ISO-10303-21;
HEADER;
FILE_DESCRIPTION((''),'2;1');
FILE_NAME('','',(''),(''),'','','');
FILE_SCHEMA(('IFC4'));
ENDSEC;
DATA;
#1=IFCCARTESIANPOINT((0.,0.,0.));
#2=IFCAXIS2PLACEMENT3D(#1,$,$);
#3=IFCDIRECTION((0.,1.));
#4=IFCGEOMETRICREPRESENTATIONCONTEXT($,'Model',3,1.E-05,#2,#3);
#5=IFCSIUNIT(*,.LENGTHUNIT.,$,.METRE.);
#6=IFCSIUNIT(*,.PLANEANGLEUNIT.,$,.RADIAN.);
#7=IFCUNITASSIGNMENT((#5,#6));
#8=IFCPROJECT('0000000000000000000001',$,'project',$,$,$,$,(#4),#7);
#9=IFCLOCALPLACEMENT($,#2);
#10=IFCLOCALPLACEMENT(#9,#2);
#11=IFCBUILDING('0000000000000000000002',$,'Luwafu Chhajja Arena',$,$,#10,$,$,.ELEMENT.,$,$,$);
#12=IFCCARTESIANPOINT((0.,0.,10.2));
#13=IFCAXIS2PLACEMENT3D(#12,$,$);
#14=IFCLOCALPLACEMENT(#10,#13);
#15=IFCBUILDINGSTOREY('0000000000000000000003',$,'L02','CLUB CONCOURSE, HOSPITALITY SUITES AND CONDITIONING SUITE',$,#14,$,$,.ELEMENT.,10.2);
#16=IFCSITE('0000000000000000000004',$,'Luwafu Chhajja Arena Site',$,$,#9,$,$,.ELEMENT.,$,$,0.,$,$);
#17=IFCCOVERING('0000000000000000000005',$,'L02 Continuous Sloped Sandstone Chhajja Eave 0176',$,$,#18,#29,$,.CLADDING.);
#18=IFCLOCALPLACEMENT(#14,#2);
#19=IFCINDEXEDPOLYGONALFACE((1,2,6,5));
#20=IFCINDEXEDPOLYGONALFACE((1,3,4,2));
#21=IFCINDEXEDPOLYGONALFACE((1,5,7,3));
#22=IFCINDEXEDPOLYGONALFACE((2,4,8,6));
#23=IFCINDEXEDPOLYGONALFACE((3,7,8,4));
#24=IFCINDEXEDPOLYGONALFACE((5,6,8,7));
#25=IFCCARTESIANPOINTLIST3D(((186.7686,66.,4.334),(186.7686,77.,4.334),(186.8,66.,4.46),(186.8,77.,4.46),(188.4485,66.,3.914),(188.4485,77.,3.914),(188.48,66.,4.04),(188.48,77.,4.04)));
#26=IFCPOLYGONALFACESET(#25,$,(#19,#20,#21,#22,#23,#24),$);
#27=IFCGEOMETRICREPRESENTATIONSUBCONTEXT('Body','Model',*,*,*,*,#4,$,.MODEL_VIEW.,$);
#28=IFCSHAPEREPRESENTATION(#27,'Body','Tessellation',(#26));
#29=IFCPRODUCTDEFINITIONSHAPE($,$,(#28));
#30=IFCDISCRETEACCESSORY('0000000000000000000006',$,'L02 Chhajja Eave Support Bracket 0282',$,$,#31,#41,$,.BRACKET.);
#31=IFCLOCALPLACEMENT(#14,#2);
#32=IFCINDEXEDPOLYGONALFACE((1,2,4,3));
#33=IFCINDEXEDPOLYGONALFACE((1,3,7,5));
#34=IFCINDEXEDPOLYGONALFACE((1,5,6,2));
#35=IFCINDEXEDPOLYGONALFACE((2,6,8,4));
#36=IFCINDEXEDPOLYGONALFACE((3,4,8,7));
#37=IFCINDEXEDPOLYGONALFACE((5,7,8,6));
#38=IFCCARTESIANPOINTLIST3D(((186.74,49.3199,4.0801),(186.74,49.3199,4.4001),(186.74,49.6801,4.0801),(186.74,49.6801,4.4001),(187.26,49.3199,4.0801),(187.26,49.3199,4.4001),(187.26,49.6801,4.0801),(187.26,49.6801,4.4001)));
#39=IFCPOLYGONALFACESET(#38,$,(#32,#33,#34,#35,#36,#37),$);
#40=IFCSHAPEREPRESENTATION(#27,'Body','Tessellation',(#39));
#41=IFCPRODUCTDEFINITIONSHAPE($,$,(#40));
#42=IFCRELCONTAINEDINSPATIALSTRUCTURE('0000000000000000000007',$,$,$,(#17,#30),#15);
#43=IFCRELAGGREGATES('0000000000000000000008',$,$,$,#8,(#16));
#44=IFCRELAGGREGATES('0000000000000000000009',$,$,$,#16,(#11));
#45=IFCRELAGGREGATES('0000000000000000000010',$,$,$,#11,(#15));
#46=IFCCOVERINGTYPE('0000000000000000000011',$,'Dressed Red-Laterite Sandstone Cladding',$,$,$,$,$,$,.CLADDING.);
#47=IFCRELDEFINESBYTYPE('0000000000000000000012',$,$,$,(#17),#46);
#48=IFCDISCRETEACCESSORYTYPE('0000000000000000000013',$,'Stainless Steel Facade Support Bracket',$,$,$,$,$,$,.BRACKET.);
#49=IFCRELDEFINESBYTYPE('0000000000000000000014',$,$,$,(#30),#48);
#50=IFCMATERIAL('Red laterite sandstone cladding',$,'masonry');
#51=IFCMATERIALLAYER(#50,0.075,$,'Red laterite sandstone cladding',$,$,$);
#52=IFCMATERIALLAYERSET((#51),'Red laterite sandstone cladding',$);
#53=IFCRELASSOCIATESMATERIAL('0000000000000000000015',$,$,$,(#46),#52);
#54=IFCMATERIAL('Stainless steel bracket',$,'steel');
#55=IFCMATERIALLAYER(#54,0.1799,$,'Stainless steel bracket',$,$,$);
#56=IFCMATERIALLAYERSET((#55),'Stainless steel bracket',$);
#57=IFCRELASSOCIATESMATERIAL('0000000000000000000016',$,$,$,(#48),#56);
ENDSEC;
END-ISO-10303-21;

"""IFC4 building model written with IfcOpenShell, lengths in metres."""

from ifc_helpers import new_model, si_unit, direction, frame, origin, origin_2d, place, context, subcontext, project, spatial, polyline, rectangle, outline, extrude, material, layer, layer_set, type_object, element, save


model = new_model("IFC4")

# Units and contexts
model_context = context("Model", 3, precision=1e-05, world=origin(), true_north=direction((0.0, 1.0)))
body_context = subcontext(model_context, "Body", "Model", "MODEL_VIEW")
ifc_project = project(units=[si_unit("LENGTHUNIT", "METRE"), si_unit("PLANEANGLEUNIT", "RADIAN")], contexts=[model_context])

# Site, building, storey
site_placement = place(None, origin())
site = spatial("IfcSite", under=ifc_project, at=site_placement, Name="Luwafu Chhajja Arena Site", CompositionType="ELEMENT", RefElevation=0.0)
building_placement = place(site_placement, origin())
building = spatial("IfcBuilding", under=site, at=building_placement, Name="Luwafu Chhajja Arena", CompositionType="ELEMENT")
storey_placement = place(building_placement, frame((0.0, 0.0, 10.2)))
storey = spatial("IfcBuildingStorey", under=building, at=storey_placement, Name="L02", Description="CLUB CONCOURSE, HOSPITALITY SUITES AND CONDITIONING SUITE", CompositionType="ELEMENT", Elevation=10.2)

# Covering
ifc_material_1 = material(Name="Red laterite sandstone cladding", Category="masonry")
ifc_layer_1 = layer(ifc_material_1, 0.075, Name="Red laterite sandstone cladding")
ifc_layer_set_1 = layer_set([ifc_layer_1], Name="Red laterite sandstone cladding")
covering_type = type_object("IfcCoveringType", Name="Dressed Red-Laterite Sandstone Cladding", PredefinedType="CLADDING", material=ifc_layer_set_1)
for number, where, z_axis, x_axis, name in (
    (1, (186.8, 66.0, 4.46), (0.242502, 0.0, 0.970151), (0.0, 1.0, 0.0), "L02 Continuous Sloped Sandstone Chhajja Eave 0176"),
):
    element("IfcCovering", number, at=place(storey_placement, frame(where, z_axis=z_axis, x_axis=x_axis)), inside=storey, type_object=covering_type, Name=name, PredefinedType="CLADDING", context=body_context, shape_type="SweptSolid", body=[
        extrude(outline(polyline([(0.0, 0.0), (11.0, 0.0), (11.0, -1.7316), (0.0, -1.7316), (0.0, 0.0)])), origin(), (0.0, 0.0, -1.0), 0.1299),
    ])

# Discrete accessory
ifc_material_2 = material(Name="Stainless steel bracket", Category="steel")
ifc_layer_2 = layer(ifc_material_2, 0.1799, Name="Stainless steel bracket")
ifc_layer_set_2 = layer_set([ifc_layer_2], Name="Stainless steel bracket")
discrete_accessory_type = type_object("IfcDiscreteAccessoryType", Name="Stainless Steel Facade Support Bracket", PredefinedType="BRACKET", material=ifc_layer_set_2)
discrete_accessory_placement = place(storey_placement, frame((187.0, 49.5, 4.0801), z_axis=(0.0, 0.0, 1.0), x_axis=(0.0, 1.0, 0.0)))
element("IfcDiscreteAccessory", 2, at=discrete_accessory_placement, inside=storey, type_object=discrete_accessory_type, Name="L02 Chhajja Eave Support Bracket 0282", PredefinedType="BRACKET", context=body_context, shape_type="SweptSolid", body=[
    extrude(rectangle(XDim=0.3601, YDim=0.52, at=origin_2d()), origin(), (0.0, 0.0, 1.0), 0.3201),
])

save(model, "model.ifc")
